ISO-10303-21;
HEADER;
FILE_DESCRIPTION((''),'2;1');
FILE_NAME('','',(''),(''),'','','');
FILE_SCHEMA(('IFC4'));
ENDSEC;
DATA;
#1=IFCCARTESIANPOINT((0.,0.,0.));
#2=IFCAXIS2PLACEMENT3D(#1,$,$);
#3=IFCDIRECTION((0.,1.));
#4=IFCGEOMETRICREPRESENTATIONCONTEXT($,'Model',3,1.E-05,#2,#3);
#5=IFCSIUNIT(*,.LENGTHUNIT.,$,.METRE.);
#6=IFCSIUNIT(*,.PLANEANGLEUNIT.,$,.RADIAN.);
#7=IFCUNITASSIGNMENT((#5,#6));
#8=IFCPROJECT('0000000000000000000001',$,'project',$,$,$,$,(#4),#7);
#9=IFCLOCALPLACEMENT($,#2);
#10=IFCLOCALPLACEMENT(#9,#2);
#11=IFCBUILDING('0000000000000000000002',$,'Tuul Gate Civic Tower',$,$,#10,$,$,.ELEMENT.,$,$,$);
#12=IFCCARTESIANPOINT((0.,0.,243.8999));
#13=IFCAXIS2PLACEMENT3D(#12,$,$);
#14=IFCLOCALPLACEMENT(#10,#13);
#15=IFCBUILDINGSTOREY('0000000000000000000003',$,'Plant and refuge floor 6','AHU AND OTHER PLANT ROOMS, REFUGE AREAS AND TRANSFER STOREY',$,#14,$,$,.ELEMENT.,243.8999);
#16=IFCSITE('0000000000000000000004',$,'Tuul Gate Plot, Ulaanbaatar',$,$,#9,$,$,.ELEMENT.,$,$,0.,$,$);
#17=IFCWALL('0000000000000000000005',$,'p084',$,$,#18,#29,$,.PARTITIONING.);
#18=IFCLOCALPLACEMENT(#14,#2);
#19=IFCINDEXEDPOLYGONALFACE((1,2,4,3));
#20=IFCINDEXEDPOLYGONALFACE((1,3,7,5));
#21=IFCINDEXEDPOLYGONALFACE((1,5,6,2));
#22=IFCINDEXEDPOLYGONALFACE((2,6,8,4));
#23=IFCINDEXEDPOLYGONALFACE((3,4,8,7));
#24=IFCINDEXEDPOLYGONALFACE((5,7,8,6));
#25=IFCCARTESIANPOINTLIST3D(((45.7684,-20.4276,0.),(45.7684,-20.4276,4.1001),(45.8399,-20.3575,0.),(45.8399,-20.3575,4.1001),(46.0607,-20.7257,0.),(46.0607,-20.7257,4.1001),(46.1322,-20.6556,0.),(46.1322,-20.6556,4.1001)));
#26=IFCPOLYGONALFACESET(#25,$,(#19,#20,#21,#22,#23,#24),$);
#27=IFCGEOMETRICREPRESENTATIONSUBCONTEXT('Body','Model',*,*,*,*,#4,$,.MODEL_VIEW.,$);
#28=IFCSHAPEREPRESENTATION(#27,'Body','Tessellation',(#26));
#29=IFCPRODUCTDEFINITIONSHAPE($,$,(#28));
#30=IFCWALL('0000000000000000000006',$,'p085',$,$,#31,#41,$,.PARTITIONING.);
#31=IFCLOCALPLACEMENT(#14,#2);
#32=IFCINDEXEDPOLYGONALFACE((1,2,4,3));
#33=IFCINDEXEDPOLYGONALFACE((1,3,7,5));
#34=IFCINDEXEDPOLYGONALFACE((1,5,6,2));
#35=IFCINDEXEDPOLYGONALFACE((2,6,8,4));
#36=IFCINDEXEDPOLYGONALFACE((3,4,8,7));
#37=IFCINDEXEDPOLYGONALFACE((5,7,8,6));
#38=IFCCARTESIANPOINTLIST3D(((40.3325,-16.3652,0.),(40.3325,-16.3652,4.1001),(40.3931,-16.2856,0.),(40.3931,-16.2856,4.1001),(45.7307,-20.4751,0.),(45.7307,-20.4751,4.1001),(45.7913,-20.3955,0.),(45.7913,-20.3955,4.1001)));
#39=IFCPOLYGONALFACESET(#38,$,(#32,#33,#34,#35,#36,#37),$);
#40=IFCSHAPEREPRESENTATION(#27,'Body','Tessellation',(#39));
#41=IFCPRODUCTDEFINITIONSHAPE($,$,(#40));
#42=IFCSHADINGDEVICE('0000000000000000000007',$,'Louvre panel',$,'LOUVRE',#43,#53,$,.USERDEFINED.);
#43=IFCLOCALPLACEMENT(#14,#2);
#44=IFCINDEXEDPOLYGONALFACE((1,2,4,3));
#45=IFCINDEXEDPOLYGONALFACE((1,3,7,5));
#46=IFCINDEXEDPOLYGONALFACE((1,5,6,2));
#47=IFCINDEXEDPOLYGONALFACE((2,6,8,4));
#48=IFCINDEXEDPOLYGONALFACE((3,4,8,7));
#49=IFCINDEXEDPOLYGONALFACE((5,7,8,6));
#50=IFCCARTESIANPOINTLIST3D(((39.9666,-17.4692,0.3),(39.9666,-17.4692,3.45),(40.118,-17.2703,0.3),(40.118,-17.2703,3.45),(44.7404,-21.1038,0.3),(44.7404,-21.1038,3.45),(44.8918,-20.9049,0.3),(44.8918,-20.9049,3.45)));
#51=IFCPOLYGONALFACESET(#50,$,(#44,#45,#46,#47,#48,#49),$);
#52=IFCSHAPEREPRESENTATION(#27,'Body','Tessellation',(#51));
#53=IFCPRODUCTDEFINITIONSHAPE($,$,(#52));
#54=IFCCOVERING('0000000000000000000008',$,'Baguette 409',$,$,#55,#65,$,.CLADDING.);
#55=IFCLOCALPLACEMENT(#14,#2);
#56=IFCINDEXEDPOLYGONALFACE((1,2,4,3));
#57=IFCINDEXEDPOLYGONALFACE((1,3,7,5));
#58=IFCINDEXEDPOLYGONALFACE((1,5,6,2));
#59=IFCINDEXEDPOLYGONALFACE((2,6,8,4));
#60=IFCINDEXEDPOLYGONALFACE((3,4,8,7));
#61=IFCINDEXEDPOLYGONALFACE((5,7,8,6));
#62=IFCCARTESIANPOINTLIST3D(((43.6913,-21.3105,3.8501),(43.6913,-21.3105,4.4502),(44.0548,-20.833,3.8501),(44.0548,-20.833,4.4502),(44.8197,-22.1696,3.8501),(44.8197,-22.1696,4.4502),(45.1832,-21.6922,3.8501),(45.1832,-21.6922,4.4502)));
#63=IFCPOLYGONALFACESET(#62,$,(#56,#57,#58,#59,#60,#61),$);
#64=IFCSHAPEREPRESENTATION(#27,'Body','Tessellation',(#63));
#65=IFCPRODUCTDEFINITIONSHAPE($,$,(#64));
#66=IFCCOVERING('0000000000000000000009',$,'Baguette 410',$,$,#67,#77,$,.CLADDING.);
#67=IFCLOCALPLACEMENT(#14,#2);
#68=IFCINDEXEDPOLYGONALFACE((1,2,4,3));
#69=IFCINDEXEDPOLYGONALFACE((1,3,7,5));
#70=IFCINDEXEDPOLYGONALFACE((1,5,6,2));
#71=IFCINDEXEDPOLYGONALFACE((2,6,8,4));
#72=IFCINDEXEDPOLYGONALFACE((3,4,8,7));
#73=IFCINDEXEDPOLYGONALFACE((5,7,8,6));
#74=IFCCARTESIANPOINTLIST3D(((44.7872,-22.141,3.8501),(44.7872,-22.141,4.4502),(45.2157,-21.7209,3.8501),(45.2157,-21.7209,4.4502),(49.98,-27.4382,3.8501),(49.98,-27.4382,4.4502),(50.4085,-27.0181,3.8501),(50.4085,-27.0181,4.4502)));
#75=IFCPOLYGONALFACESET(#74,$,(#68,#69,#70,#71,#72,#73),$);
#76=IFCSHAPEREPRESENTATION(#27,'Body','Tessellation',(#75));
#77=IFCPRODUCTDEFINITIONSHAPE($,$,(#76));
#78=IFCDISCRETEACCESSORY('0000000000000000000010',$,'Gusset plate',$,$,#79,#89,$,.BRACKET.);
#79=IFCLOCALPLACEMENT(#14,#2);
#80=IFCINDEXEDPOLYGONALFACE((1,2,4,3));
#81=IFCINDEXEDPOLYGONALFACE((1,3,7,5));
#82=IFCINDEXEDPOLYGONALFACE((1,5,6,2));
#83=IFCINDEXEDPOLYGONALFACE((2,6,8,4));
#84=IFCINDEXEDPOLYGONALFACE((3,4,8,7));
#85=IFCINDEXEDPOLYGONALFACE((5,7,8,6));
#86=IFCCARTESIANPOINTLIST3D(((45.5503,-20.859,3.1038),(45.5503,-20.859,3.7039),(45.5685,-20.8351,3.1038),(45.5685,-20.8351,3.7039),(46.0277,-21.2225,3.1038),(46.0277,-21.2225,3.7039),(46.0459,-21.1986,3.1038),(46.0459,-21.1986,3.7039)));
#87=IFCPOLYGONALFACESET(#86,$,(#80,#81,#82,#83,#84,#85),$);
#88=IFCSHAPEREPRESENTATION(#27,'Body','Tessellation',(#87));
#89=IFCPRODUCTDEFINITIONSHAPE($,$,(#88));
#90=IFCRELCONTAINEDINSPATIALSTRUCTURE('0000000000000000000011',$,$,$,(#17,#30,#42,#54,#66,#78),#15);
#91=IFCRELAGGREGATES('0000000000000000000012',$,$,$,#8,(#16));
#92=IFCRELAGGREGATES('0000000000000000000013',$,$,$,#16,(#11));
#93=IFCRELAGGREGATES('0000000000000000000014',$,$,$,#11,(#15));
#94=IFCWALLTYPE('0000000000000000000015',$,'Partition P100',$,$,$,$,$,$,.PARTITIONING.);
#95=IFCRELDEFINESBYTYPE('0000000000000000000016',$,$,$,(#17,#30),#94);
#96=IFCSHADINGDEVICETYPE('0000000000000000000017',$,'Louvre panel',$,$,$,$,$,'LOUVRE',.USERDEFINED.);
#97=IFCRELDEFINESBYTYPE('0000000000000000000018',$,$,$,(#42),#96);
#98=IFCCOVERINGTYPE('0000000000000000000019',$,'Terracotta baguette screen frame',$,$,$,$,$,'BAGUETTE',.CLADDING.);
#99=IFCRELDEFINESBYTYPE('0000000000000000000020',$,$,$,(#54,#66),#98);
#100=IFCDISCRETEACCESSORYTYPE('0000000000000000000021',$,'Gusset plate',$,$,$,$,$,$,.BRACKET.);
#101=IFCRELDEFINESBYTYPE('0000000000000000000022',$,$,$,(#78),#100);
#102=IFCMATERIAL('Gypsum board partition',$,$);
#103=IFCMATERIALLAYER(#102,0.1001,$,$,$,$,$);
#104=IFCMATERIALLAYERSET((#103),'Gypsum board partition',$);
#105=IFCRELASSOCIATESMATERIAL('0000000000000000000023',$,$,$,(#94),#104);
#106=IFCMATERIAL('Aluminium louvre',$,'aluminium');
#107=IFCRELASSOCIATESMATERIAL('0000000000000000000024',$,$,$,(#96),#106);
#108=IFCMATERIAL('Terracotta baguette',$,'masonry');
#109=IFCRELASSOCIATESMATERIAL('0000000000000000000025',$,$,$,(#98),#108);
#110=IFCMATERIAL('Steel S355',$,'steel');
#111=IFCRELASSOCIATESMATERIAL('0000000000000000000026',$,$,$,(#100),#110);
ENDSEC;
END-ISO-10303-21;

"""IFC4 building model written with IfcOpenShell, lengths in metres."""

from ifc_helpers import new_model, si_unit, direction, frame, frame_2d, origin, origin_2d, place, context, subcontext, project, spatial, rectangle, extrude, material, layer, layer_set, material_profile, profile_set, type_object, element, save


model = new_model("IFC4")

# Units and contexts
model_context = context("Model", 3, precision=1e-05, world=origin(), true_north=direction((0.0, 1.0)))
body_context = subcontext(model_context, "Body", "Model", "MODEL_VIEW")
ifc_project = project(units=[si_unit("LENGTHUNIT", "METRE"), si_unit("PLANEANGLEUNIT", "RADIAN")], contexts=[model_context])

# Site, building, storey
site_placement = place(None, origin())
site = spatial("IfcSite", under=ifc_project, at=site_placement, Name="Tuul Gate Plot, Ulaanbaatar", CompositionType="ELEMENT", RefElevation=0.0)
building_placement = place(site_placement, origin())
building = spatial("IfcBuilding", under=site, at=building_placement, Name="Tuul Gate Civic Tower", CompositionType="ELEMENT")
storey_placement = place(building_placement, frame((0.0, 0.0, 243.8999)))
storey = spatial("IfcBuildingStorey", under=building, at=storey_placement, Name="Plant and refuge floor 6", Description="AHU AND OTHER PLANT ROOMS, REFUGE AREAS AND TRANSFER STOREY", CompositionType="ELEMENT", Elevation=243.8999)

# Walls
ifc_material_1 = material(Name="Gypsum board partition")
ifc_layer_1 = layer(ifc_material_1, 0.1001)
ifc_layer_set_1 = layer_set([ifc_layer_1], Name="Gypsum board partition")
wall_type_1 = type_object("IfcWallType", Name="Partition P100", PredefinedType="PARTITIONING", material=ifc_layer_set_1)
wall_1_placement = place(storey_placement, frame((46.0964, -20.6907, 0.0), z_axis=(0.0, 0.0, 1.0), x_axis=(-0.700054, 0.71409, 0.0)))
element("IfcWall", 1, at=wall_1_placement, inside=storey, type_object=wall_type_1, Name="p084", PredefinedType="PARTITIONING", context=body_context, shape_type="SweptSolid", body=[
    extrude(rectangle(XDim=0.4175, YDim=0.1001, at=frame_2d((0.2087, 0.0))), origin(), (0.0, 0.0, 1.0), 4.1001),
])
wall_2_placement = place(storey_placement, frame((45.761, -20.4353, 0.0), z_axis=(0.0, 0.0, 1.0), x_axis=(-0.795648, 0.605759, 0.0)))
element("IfcWall", 2, at=wall_2_placement, inside=storey, type_object=wall_type_1, Name="p085", PredefinedType="PARTITIONING", context=body_context, shape_type="SweptSolid", body=[
    extrude(rectangle(XDim=6.7847, YDim=0.1001, at=frame_2d((3.3923, 0.0))), origin(), (0.0, 0.0, 1.0), 4.1001),
])

# Shading device
ifc_material_2 = material(Name="Aluminium louvre", Category="aluminium")
shading_device_type = type_object("IfcShadingDeviceType", Name="Louvre panel", ElementType="LOUVRE", PredefinedType="USERDEFINED", material=ifc_material_2)
shading_device_placement = place(storey_placement, frame((42.4292, -19.187, 0.3), z_axis=(0.0, 0.0, 1.0), x_axis=(-0.605767, -0.795642, 0.0)))
element("IfcShadingDevice", 3, at=shading_device_placement, inside=storey, type_object=shading_device_type, Name="Louvre panel", ObjectType="LOUVRE", PredefinedType="USERDEFINED", context=body_context, shape_type="SweptSolid", body=[
    extrude(rectangle(XDim=0.25, YDim=6.0, at=origin_2d()), origin(), (0.0, 0.0, 1.0), 3.1499),
])

# Coverings
ifc_material_3 = material(Name="Terracotta baguette", Category="masonry")
ifc_material_profile_1 = material_profile(ifc_material_3, rectangle(XDim=0.6001, YDim=0.6001, at=origin_2d()), Name="Terracotta baguette screen frame")
ifc_profile_set_1 = profile_set([ifc_material_profile_1], Name="Terracotta baguette")
covering_type = type_object("IfcCoveringType", Name="Terracotta baguette screen frame", ElementType="BAGUETTE", PredefinedType="CLADDING", material=ifc_profile_set_1)
covering_1_placement = place(storey_placement, frame((43.873, -21.0718, 4.1501), z_axis=(0.795641, -0.605768, 0.0), x_axis=(0.605768, 0.795641, 0.0)))
element("IfcCovering", 4, at=covering_1_placement, inside=storey, type_object=covering_type, Name="Baguette 409", PredefinedType="CLADDING", context=body_context, shape_type="SweptSolid", body=[
    extrude(rectangle(XDim=0.6001, YDim=0.6001, at=origin_2d()), origin(), (0.0, 0.0, 1.0), 1.4182),
])
covering_2_placement = place(storey_placement, frame((45.0015, -21.9309, 4.1501), z_axis=(0.700029, -0.714115, 0.0), x_axis=(0.714115, 0.700029, 0.0)))
element("IfcCovering", 5, at=covering_2_placement, inside=storey, type_object=covering_type, Name="Baguette 410", PredefinedType="CLADDING", context=body_context, shape_type="SweptSolid", body=[
    extrude(rectangle(XDim=0.6001, YDim=0.6001, at=origin_2d()), origin(), (0.0, 0.0, 1.0), 7.418),
])

# Discrete accessory
ifc_material_4 = material(Name="Steel S355", Category="steel")
discrete_accessory_type = type_object("IfcDiscreteAccessoryType", Name="Gusset plate", PredefinedType="BRACKET", material=ifc_material_4)
discrete_accessory_placement = place(storey_placement, frame((45.7981, -21.0288, 3.1038), z_axis=(0.0, 0.0, 1.0), x_axis=(-0.795664, 0.605738, 0.0)))
element("IfcDiscreteAccessory", 6, at=discrete_accessory_placement, inside=storey, type_object=discrete_accessory_type, Name="Gusset plate", PredefinedType="BRACKET", context=body_context, shape_type="SweptSolid", body=[
    extrude(rectangle(XDim=0.6001, YDim=0.03, at=origin_2d()), origin(), (0.0, 0.0, 1.0), 0.6001),
])

save(model, "model.ifc")
